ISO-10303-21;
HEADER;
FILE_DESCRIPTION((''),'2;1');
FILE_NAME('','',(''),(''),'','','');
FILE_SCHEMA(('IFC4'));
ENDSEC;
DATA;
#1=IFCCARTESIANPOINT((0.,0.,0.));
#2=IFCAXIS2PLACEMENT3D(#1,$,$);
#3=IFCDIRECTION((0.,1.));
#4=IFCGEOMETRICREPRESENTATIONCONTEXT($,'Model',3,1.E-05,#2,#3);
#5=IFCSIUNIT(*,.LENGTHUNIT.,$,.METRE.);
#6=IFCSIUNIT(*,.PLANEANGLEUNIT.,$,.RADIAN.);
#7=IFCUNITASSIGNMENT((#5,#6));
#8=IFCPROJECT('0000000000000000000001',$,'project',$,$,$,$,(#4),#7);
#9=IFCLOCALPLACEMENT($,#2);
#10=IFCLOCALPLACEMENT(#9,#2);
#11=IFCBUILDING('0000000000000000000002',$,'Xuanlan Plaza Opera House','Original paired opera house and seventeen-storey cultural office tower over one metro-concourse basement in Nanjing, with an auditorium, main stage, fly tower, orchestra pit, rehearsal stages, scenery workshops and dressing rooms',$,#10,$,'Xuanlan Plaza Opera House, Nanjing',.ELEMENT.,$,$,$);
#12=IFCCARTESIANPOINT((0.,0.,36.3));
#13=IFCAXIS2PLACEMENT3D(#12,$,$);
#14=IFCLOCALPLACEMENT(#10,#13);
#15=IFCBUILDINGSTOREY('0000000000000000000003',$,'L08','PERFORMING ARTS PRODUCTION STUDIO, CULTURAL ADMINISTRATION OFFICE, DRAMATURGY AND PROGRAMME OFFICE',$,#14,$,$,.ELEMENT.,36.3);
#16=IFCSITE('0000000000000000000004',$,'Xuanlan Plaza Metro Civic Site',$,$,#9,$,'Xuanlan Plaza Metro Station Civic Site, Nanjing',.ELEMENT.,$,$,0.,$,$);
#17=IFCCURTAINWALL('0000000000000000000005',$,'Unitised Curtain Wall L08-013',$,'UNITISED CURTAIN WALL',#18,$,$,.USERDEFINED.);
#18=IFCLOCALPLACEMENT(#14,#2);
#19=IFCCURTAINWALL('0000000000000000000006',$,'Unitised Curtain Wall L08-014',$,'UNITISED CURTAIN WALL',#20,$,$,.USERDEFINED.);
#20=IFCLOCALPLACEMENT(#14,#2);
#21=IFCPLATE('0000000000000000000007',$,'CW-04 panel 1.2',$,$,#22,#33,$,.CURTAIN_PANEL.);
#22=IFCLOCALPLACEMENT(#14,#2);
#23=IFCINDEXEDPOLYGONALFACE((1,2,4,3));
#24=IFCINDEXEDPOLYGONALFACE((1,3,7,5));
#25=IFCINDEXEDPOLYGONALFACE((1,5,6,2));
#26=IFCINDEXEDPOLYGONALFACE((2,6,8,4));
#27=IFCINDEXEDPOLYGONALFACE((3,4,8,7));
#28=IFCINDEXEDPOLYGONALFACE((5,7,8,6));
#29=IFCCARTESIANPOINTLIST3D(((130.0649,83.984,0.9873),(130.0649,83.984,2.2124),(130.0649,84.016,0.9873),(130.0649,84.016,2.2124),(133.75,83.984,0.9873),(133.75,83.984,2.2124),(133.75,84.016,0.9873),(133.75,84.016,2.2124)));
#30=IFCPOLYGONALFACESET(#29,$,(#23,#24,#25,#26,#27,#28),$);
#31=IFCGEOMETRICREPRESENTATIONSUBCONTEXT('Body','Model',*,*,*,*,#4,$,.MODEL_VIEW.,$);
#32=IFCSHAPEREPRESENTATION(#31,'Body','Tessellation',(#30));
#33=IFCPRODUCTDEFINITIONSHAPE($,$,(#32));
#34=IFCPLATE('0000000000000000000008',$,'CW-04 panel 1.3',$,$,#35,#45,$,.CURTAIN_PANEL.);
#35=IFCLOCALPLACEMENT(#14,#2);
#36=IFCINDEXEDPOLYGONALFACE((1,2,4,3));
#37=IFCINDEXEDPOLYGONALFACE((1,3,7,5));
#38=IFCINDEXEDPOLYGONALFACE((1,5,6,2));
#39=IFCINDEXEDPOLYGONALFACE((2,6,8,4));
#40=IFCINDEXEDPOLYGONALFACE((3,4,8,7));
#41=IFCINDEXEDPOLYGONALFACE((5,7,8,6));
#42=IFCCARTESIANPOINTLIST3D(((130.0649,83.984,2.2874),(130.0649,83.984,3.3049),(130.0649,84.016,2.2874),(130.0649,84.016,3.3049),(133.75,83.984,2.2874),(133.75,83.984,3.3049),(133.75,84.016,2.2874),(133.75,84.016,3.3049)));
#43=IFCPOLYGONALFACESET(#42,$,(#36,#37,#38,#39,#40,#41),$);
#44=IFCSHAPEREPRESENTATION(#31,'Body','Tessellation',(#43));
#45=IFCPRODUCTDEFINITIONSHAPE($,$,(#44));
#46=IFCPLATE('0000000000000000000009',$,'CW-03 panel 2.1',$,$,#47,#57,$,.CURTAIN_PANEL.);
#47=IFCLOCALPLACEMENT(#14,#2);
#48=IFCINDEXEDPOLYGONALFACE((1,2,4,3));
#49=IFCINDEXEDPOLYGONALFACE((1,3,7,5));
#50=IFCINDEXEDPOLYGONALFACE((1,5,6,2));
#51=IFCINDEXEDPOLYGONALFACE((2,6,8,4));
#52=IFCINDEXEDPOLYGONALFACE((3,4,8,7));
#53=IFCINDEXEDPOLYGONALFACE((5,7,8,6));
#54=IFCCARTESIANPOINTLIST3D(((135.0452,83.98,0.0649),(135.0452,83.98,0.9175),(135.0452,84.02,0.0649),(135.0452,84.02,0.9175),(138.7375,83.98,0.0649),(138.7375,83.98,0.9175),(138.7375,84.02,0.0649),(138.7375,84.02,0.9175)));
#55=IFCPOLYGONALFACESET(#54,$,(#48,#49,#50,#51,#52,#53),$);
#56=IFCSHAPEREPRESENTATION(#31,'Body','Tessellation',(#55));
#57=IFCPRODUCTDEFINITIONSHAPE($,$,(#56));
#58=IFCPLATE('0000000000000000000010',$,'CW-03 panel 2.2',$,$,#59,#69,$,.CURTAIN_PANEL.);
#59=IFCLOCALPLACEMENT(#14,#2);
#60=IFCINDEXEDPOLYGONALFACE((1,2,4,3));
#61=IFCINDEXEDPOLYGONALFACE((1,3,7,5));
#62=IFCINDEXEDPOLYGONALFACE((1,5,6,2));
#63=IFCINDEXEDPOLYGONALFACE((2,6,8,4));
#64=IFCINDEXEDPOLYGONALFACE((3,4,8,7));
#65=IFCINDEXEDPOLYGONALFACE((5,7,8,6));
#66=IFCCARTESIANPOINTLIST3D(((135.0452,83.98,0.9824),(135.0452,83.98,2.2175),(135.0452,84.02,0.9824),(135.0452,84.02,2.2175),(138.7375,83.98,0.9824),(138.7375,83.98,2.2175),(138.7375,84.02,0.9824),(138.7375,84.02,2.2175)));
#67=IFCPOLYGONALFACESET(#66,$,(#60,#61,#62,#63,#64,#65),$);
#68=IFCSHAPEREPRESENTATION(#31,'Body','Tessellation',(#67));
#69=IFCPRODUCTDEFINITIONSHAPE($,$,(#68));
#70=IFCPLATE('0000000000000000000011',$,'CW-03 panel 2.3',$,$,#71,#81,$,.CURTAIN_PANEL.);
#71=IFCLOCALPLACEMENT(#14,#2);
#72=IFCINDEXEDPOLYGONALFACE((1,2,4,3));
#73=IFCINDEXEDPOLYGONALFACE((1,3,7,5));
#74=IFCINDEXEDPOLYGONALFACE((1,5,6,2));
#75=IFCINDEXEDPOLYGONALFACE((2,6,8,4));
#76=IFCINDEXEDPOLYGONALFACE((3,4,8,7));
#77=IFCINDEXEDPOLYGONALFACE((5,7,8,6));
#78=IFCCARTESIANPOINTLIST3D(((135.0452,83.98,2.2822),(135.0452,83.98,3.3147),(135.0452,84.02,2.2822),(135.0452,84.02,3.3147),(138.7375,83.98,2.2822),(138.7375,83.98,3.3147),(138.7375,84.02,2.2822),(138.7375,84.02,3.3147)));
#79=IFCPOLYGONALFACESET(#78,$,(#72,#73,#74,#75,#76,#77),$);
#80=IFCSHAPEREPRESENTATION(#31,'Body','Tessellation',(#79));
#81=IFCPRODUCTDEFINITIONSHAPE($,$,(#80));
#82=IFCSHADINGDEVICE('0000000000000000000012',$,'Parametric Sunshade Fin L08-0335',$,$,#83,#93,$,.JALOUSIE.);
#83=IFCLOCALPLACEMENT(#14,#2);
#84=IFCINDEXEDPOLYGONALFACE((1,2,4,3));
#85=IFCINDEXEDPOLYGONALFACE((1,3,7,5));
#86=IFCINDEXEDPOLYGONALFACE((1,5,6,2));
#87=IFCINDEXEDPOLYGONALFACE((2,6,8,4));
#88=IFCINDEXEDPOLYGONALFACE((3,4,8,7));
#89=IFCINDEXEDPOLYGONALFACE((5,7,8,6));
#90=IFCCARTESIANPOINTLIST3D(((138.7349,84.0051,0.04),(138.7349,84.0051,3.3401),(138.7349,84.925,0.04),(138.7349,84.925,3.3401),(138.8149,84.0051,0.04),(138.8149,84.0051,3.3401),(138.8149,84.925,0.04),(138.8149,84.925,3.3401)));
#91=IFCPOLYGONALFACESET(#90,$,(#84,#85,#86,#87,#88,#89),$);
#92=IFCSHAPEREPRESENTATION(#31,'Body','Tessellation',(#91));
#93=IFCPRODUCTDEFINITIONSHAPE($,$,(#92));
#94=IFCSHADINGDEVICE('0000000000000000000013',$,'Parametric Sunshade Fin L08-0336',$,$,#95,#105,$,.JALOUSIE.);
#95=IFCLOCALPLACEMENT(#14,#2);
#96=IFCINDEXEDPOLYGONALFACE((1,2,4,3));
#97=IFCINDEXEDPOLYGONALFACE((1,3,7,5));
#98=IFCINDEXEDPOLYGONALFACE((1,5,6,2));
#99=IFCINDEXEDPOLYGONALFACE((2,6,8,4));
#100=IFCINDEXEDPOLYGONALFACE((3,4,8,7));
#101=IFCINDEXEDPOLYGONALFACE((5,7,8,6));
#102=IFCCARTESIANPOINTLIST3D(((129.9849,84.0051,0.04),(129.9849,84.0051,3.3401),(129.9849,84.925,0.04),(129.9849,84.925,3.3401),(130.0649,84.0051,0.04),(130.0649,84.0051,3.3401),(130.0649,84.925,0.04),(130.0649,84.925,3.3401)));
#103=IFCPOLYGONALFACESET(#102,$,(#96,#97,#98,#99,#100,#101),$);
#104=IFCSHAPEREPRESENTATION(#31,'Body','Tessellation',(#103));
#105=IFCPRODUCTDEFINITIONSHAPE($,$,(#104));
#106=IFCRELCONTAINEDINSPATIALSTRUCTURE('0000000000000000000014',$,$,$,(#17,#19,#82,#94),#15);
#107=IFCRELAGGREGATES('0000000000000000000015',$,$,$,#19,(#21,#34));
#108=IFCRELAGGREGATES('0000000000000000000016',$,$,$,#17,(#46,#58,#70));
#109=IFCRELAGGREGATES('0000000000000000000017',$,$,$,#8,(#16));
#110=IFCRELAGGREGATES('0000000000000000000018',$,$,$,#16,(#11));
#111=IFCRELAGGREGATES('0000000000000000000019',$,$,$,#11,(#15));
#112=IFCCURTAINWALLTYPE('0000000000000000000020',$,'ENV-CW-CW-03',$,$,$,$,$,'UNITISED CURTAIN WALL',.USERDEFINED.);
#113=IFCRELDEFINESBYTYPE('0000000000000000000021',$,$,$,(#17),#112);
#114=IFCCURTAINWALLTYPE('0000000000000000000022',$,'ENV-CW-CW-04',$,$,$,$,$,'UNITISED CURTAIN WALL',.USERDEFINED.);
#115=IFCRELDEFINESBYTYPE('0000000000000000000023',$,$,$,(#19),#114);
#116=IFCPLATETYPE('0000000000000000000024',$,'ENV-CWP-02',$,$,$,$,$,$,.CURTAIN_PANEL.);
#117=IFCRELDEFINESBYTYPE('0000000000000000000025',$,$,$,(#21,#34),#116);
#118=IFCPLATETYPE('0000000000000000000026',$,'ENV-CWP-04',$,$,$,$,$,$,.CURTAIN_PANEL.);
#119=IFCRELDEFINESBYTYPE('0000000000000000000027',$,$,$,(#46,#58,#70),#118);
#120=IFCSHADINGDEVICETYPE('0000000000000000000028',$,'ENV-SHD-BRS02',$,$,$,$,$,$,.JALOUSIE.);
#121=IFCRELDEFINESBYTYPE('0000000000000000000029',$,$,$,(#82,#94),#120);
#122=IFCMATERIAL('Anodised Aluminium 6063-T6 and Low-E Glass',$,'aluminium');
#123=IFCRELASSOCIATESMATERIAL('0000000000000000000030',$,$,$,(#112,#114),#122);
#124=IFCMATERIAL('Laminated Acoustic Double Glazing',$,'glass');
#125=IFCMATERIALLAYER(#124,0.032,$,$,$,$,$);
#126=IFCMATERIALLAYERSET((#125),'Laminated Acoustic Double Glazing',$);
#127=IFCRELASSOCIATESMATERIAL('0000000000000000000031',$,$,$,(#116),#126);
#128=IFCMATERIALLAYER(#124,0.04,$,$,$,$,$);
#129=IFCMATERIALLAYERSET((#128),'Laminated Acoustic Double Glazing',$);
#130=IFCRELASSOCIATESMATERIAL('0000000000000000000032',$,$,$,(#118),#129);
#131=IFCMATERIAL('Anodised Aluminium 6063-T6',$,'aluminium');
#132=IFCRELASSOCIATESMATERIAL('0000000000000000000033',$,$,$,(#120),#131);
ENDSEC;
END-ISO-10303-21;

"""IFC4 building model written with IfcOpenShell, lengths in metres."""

from ifc_helpers import new_model, si_unit, direction, frame, origin, origin_2d, place, context, subcontext, project, spatial, rectangle, extrude, material, layer, layer_set, type_object, element, aggregate, save


model = new_model("IFC4")

# Units and contexts
model_context = context("Model", 3, precision=1e-05, world=origin(), true_north=direction((0.0, 1.0)))
body_context = subcontext(model_context, "Body", "Model", "MODEL_VIEW")
ifc_project = project(units=[si_unit("LENGTHUNIT", "METRE"), si_unit("PLANEANGLEUNIT", "RADIAN")], contexts=[model_context])

# Site, building, storey
site_placement = place(None, origin())
site = spatial("IfcSite", under=ifc_project, at=site_placement, Name="Xuanlan Plaza Metro Civic Site", LongName="Xuanlan Plaza Metro Station Civic Site, Nanjing", CompositionType="ELEMENT", RefElevation=0.0)
building_placement = place(site_placement, origin())
building = spatial("IfcBuilding", under=site, at=building_placement, Name="Xuanlan Plaza Opera House", Description="Original paired opera house and seventeen-storey cultural office tower over one metro-concourse basement in Nanjing, with an auditorium, main stage, fly tower, orchestra pit, rehearsal stages, scenery workshops and dressing rooms", LongName="Xuanlan Plaza Opera House, Nanjing", CompositionType="ELEMENT")
storey_placement = place(building_placement, frame((0.0, 0.0, 36.3)))
storey = spatial("IfcBuildingStorey", under=building, at=storey_placement, Name="L08", Description="PERFORMING ARTS PRODUCTION STUDIO, CULTURAL ADMINISTRATION OFFICE, DRAMATURGY AND PROGRAMME OFFICE", CompositionType="ELEMENT", Elevation=36.3)

# Curtain wall
ifc_material_1 = material(Name="Anodised Aluminium 6063-T6 and Low-E Glass", Category="aluminium")
curtain_wall_type_1 = type_object("IfcCurtainWallType", Name="ENV-CW-CW-03", ElementType="UNITISED CURTAIN WALL", PredefinedType="USERDEFINED", material=ifc_material_1)
curtain_wall_1_placement = place(storey_placement, origin())
curtain_wall_1 = element("IfcCurtainWall", 1, at=curtain_wall_1_placement, inside=storey, type_object=curtain_wall_type_1, Name="Unitised Curtain Wall L08-013", ObjectType="UNITISED CURTAIN WALL", PredefinedType="USERDEFINED")
ifc_material_2 = material(Name="Anodised Aluminium 6063-T6", Category="aluminium")

# Curtain wall
curtain_wall_type_2 = type_object("IfcCurtainWallType", Name="ENV-CW-CW-04", ElementType="UNITISED CURTAIN WALL", PredefinedType="USERDEFINED", material=ifc_material_1)
curtain_wall_2_placement = place(storey_placement, origin())
curtain_wall_2 = element("IfcCurtainWall", 2, at=curtain_wall_2_placement, inside=storey, type_object=curtain_wall_type_2, Name="Unitised Curtain Wall L08-014", ObjectType="UNITISED CURTAIN WALL", PredefinedType="USERDEFINED")

# Plates
ifc_material_3 = material(Name="Laminated Acoustic Double Glazing", Category="glass")
ifc_layer_1 = layer(ifc_material_3, 0.032)
ifc_layer_set_1 = layer_set([ifc_layer_1], Name="Laminated Acoustic Double Glazing")
plate_type_1 = type_object("IfcPlateType", Name="ENV-CWP-02", PredefinedType="CURTAIN_PANEL", material=ifc_layer_set_1)
plate_1_placement = place(storey_placement, frame((131.9075, 84.0, 0.9873), z_axis=(0.0, 0.0, 1.0), x_axis=(-1.0, 0.0, 0.0)))
plate_1 = element("IfcPlate", 3, at=plate_1_placement, type_object=plate_type_1, Name="CW-04 panel 1.2", PredefinedType="CURTAIN_PANEL", context=body_context, shape_type="SweptSolid", body=[
    extrude(rectangle(XDim=3.6851, YDim=0.032, at=origin_2d()), origin(), (0.0, 0.0, 1.0), 1.2251),
])
plate_2_placement = place(storey_placement, frame((131.9075, 84.0, 2.2874), z_axis=(0.0, 0.0, 1.0), x_axis=(-1.0, 0.0, 0.0)))
plate_2 = element("IfcPlate", 4, at=plate_2_placement, type_object=plate_type_1, Name="CW-04 panel 1.3", PredefinedType="CURTAIN_PANEL", context=body_context, shape_type="SweptSolid", body=[
    extrude(rectangle(XDim=3.6851, YDim=0.032, at=origin_2d()), origin(), (0.0, 0.0, 1.0), 1.0176),
])
aggregate(curtain_wall_2, [plate_1, plate_2])
ifc_layer_2 = layer(ifc_material_3, 0.04)
ifc_layer_set_2 = layer_set([ifc_layer_2], Name="Laminated Acoustic Double Glazing")
plate_type_2 = type_object("IfcPlateType", Name="ENV-CWP-04", PredefinedType="CURTAIN_PANEL", material=ifc_layer_set_2)
plate_3_placement = place(storey_placement, frame((136.8914, 84.0, 0.0649), z_axis=(0.0, 0.0, 1.0), x_axis=(-1.0, 0.0, 0.0)))
plate_3 = element("IfcPlate", 5, at=plate_3_placement, type_object=plate_type_2, Name="CW-03 panel 2.1", PredefinedType="CURTAIN_PANEL", context=body_context, shape_type="SweptSolid", body=[
    extrude(rectangle(XDim=3.6924, YDim=0.04, at=origin_2d()), origin(), (0.0, 0.0, 1.0), 0.8525),
])
plate_4_placement = place(storey_placement, frame((136.8914, 84.0, 0.9824), z_axis=(0.0, 0.0, 1.0), x_axis=(-1.0, 0.0, 0.0)))
plate_4 = element("IfcPlate", 6, at=plate_4_placement, type_object=plate_type_2, Name="CW-03 panel 2.2", PredefinedType="CURTAIN_PANEL", context=body_context, shape_type="SweptSolid", body=[
    extrude(rectangle(XDim=3.6924, YDim=0.04, at=origin_2d()), origin(), (0.0, 0.0, 1.0), 1.2351),
])
plate_5_placement = place(storey_placement, frame((136.8914, 84.0, 2.2822), z_axis=(0.0, 0.0, 1.0), x_axis=(-1.0, 0.0, 0.0)))
plate_5 = element("IfcPlate", 7, at=plate_5_placement, type_object=plate_type_2, Name="CW-03 panel 2.3", PredefinedType="CURTAIN_PANEL", context=body_context, shape_type="SweptSolid", body=[
    extrude(rectangle(XDim=3.6924, YDim=0.04, at=origin_2d()), origin(), (0.0, 0.0, 1.0), 1.0325),
])
aggregate(curtain_wall_1, [plate_3, plate_4, plate_5])

# Shading devices
shading_device_type = type_object("IfcShadingDeviceType", Name="ENV-SHD-BRS02", PredefinedType="JALOUSIE", material=ifc_material_2)
for number, where, z_axis, x_axis, name in (
    (8, (138.7749, 84.4651, 0.04), (0.0, 0.0, 1.0), (0.0, 1.0, 0.0), "Parametric Sunshade Fin L08-0335"),
    (9, (130.0249, 84.4651, 0.04), (0.0, 0.0, 1.0), (0.0, 1.0, 0.0), "Parametric Sunshade Fin L08-0336"),
):
    element("IfcShadingDevice", number, at=place(storey_placement, frame(where, z_axis=z_axis, x_axis=x_axis)), inside=storey, type_object=shading_device_type, Name=name, PredefinedType="JALOUSIE", context=body_context, shape_type="SweptSolid", body=[
        extrude(rectangle(XDim=0.9199, YDim=0.0801, at=origin_2d()), origin(), (0.0, 0.0, 1.0), 3.3),
    ])

save(model, "model.ifc")
